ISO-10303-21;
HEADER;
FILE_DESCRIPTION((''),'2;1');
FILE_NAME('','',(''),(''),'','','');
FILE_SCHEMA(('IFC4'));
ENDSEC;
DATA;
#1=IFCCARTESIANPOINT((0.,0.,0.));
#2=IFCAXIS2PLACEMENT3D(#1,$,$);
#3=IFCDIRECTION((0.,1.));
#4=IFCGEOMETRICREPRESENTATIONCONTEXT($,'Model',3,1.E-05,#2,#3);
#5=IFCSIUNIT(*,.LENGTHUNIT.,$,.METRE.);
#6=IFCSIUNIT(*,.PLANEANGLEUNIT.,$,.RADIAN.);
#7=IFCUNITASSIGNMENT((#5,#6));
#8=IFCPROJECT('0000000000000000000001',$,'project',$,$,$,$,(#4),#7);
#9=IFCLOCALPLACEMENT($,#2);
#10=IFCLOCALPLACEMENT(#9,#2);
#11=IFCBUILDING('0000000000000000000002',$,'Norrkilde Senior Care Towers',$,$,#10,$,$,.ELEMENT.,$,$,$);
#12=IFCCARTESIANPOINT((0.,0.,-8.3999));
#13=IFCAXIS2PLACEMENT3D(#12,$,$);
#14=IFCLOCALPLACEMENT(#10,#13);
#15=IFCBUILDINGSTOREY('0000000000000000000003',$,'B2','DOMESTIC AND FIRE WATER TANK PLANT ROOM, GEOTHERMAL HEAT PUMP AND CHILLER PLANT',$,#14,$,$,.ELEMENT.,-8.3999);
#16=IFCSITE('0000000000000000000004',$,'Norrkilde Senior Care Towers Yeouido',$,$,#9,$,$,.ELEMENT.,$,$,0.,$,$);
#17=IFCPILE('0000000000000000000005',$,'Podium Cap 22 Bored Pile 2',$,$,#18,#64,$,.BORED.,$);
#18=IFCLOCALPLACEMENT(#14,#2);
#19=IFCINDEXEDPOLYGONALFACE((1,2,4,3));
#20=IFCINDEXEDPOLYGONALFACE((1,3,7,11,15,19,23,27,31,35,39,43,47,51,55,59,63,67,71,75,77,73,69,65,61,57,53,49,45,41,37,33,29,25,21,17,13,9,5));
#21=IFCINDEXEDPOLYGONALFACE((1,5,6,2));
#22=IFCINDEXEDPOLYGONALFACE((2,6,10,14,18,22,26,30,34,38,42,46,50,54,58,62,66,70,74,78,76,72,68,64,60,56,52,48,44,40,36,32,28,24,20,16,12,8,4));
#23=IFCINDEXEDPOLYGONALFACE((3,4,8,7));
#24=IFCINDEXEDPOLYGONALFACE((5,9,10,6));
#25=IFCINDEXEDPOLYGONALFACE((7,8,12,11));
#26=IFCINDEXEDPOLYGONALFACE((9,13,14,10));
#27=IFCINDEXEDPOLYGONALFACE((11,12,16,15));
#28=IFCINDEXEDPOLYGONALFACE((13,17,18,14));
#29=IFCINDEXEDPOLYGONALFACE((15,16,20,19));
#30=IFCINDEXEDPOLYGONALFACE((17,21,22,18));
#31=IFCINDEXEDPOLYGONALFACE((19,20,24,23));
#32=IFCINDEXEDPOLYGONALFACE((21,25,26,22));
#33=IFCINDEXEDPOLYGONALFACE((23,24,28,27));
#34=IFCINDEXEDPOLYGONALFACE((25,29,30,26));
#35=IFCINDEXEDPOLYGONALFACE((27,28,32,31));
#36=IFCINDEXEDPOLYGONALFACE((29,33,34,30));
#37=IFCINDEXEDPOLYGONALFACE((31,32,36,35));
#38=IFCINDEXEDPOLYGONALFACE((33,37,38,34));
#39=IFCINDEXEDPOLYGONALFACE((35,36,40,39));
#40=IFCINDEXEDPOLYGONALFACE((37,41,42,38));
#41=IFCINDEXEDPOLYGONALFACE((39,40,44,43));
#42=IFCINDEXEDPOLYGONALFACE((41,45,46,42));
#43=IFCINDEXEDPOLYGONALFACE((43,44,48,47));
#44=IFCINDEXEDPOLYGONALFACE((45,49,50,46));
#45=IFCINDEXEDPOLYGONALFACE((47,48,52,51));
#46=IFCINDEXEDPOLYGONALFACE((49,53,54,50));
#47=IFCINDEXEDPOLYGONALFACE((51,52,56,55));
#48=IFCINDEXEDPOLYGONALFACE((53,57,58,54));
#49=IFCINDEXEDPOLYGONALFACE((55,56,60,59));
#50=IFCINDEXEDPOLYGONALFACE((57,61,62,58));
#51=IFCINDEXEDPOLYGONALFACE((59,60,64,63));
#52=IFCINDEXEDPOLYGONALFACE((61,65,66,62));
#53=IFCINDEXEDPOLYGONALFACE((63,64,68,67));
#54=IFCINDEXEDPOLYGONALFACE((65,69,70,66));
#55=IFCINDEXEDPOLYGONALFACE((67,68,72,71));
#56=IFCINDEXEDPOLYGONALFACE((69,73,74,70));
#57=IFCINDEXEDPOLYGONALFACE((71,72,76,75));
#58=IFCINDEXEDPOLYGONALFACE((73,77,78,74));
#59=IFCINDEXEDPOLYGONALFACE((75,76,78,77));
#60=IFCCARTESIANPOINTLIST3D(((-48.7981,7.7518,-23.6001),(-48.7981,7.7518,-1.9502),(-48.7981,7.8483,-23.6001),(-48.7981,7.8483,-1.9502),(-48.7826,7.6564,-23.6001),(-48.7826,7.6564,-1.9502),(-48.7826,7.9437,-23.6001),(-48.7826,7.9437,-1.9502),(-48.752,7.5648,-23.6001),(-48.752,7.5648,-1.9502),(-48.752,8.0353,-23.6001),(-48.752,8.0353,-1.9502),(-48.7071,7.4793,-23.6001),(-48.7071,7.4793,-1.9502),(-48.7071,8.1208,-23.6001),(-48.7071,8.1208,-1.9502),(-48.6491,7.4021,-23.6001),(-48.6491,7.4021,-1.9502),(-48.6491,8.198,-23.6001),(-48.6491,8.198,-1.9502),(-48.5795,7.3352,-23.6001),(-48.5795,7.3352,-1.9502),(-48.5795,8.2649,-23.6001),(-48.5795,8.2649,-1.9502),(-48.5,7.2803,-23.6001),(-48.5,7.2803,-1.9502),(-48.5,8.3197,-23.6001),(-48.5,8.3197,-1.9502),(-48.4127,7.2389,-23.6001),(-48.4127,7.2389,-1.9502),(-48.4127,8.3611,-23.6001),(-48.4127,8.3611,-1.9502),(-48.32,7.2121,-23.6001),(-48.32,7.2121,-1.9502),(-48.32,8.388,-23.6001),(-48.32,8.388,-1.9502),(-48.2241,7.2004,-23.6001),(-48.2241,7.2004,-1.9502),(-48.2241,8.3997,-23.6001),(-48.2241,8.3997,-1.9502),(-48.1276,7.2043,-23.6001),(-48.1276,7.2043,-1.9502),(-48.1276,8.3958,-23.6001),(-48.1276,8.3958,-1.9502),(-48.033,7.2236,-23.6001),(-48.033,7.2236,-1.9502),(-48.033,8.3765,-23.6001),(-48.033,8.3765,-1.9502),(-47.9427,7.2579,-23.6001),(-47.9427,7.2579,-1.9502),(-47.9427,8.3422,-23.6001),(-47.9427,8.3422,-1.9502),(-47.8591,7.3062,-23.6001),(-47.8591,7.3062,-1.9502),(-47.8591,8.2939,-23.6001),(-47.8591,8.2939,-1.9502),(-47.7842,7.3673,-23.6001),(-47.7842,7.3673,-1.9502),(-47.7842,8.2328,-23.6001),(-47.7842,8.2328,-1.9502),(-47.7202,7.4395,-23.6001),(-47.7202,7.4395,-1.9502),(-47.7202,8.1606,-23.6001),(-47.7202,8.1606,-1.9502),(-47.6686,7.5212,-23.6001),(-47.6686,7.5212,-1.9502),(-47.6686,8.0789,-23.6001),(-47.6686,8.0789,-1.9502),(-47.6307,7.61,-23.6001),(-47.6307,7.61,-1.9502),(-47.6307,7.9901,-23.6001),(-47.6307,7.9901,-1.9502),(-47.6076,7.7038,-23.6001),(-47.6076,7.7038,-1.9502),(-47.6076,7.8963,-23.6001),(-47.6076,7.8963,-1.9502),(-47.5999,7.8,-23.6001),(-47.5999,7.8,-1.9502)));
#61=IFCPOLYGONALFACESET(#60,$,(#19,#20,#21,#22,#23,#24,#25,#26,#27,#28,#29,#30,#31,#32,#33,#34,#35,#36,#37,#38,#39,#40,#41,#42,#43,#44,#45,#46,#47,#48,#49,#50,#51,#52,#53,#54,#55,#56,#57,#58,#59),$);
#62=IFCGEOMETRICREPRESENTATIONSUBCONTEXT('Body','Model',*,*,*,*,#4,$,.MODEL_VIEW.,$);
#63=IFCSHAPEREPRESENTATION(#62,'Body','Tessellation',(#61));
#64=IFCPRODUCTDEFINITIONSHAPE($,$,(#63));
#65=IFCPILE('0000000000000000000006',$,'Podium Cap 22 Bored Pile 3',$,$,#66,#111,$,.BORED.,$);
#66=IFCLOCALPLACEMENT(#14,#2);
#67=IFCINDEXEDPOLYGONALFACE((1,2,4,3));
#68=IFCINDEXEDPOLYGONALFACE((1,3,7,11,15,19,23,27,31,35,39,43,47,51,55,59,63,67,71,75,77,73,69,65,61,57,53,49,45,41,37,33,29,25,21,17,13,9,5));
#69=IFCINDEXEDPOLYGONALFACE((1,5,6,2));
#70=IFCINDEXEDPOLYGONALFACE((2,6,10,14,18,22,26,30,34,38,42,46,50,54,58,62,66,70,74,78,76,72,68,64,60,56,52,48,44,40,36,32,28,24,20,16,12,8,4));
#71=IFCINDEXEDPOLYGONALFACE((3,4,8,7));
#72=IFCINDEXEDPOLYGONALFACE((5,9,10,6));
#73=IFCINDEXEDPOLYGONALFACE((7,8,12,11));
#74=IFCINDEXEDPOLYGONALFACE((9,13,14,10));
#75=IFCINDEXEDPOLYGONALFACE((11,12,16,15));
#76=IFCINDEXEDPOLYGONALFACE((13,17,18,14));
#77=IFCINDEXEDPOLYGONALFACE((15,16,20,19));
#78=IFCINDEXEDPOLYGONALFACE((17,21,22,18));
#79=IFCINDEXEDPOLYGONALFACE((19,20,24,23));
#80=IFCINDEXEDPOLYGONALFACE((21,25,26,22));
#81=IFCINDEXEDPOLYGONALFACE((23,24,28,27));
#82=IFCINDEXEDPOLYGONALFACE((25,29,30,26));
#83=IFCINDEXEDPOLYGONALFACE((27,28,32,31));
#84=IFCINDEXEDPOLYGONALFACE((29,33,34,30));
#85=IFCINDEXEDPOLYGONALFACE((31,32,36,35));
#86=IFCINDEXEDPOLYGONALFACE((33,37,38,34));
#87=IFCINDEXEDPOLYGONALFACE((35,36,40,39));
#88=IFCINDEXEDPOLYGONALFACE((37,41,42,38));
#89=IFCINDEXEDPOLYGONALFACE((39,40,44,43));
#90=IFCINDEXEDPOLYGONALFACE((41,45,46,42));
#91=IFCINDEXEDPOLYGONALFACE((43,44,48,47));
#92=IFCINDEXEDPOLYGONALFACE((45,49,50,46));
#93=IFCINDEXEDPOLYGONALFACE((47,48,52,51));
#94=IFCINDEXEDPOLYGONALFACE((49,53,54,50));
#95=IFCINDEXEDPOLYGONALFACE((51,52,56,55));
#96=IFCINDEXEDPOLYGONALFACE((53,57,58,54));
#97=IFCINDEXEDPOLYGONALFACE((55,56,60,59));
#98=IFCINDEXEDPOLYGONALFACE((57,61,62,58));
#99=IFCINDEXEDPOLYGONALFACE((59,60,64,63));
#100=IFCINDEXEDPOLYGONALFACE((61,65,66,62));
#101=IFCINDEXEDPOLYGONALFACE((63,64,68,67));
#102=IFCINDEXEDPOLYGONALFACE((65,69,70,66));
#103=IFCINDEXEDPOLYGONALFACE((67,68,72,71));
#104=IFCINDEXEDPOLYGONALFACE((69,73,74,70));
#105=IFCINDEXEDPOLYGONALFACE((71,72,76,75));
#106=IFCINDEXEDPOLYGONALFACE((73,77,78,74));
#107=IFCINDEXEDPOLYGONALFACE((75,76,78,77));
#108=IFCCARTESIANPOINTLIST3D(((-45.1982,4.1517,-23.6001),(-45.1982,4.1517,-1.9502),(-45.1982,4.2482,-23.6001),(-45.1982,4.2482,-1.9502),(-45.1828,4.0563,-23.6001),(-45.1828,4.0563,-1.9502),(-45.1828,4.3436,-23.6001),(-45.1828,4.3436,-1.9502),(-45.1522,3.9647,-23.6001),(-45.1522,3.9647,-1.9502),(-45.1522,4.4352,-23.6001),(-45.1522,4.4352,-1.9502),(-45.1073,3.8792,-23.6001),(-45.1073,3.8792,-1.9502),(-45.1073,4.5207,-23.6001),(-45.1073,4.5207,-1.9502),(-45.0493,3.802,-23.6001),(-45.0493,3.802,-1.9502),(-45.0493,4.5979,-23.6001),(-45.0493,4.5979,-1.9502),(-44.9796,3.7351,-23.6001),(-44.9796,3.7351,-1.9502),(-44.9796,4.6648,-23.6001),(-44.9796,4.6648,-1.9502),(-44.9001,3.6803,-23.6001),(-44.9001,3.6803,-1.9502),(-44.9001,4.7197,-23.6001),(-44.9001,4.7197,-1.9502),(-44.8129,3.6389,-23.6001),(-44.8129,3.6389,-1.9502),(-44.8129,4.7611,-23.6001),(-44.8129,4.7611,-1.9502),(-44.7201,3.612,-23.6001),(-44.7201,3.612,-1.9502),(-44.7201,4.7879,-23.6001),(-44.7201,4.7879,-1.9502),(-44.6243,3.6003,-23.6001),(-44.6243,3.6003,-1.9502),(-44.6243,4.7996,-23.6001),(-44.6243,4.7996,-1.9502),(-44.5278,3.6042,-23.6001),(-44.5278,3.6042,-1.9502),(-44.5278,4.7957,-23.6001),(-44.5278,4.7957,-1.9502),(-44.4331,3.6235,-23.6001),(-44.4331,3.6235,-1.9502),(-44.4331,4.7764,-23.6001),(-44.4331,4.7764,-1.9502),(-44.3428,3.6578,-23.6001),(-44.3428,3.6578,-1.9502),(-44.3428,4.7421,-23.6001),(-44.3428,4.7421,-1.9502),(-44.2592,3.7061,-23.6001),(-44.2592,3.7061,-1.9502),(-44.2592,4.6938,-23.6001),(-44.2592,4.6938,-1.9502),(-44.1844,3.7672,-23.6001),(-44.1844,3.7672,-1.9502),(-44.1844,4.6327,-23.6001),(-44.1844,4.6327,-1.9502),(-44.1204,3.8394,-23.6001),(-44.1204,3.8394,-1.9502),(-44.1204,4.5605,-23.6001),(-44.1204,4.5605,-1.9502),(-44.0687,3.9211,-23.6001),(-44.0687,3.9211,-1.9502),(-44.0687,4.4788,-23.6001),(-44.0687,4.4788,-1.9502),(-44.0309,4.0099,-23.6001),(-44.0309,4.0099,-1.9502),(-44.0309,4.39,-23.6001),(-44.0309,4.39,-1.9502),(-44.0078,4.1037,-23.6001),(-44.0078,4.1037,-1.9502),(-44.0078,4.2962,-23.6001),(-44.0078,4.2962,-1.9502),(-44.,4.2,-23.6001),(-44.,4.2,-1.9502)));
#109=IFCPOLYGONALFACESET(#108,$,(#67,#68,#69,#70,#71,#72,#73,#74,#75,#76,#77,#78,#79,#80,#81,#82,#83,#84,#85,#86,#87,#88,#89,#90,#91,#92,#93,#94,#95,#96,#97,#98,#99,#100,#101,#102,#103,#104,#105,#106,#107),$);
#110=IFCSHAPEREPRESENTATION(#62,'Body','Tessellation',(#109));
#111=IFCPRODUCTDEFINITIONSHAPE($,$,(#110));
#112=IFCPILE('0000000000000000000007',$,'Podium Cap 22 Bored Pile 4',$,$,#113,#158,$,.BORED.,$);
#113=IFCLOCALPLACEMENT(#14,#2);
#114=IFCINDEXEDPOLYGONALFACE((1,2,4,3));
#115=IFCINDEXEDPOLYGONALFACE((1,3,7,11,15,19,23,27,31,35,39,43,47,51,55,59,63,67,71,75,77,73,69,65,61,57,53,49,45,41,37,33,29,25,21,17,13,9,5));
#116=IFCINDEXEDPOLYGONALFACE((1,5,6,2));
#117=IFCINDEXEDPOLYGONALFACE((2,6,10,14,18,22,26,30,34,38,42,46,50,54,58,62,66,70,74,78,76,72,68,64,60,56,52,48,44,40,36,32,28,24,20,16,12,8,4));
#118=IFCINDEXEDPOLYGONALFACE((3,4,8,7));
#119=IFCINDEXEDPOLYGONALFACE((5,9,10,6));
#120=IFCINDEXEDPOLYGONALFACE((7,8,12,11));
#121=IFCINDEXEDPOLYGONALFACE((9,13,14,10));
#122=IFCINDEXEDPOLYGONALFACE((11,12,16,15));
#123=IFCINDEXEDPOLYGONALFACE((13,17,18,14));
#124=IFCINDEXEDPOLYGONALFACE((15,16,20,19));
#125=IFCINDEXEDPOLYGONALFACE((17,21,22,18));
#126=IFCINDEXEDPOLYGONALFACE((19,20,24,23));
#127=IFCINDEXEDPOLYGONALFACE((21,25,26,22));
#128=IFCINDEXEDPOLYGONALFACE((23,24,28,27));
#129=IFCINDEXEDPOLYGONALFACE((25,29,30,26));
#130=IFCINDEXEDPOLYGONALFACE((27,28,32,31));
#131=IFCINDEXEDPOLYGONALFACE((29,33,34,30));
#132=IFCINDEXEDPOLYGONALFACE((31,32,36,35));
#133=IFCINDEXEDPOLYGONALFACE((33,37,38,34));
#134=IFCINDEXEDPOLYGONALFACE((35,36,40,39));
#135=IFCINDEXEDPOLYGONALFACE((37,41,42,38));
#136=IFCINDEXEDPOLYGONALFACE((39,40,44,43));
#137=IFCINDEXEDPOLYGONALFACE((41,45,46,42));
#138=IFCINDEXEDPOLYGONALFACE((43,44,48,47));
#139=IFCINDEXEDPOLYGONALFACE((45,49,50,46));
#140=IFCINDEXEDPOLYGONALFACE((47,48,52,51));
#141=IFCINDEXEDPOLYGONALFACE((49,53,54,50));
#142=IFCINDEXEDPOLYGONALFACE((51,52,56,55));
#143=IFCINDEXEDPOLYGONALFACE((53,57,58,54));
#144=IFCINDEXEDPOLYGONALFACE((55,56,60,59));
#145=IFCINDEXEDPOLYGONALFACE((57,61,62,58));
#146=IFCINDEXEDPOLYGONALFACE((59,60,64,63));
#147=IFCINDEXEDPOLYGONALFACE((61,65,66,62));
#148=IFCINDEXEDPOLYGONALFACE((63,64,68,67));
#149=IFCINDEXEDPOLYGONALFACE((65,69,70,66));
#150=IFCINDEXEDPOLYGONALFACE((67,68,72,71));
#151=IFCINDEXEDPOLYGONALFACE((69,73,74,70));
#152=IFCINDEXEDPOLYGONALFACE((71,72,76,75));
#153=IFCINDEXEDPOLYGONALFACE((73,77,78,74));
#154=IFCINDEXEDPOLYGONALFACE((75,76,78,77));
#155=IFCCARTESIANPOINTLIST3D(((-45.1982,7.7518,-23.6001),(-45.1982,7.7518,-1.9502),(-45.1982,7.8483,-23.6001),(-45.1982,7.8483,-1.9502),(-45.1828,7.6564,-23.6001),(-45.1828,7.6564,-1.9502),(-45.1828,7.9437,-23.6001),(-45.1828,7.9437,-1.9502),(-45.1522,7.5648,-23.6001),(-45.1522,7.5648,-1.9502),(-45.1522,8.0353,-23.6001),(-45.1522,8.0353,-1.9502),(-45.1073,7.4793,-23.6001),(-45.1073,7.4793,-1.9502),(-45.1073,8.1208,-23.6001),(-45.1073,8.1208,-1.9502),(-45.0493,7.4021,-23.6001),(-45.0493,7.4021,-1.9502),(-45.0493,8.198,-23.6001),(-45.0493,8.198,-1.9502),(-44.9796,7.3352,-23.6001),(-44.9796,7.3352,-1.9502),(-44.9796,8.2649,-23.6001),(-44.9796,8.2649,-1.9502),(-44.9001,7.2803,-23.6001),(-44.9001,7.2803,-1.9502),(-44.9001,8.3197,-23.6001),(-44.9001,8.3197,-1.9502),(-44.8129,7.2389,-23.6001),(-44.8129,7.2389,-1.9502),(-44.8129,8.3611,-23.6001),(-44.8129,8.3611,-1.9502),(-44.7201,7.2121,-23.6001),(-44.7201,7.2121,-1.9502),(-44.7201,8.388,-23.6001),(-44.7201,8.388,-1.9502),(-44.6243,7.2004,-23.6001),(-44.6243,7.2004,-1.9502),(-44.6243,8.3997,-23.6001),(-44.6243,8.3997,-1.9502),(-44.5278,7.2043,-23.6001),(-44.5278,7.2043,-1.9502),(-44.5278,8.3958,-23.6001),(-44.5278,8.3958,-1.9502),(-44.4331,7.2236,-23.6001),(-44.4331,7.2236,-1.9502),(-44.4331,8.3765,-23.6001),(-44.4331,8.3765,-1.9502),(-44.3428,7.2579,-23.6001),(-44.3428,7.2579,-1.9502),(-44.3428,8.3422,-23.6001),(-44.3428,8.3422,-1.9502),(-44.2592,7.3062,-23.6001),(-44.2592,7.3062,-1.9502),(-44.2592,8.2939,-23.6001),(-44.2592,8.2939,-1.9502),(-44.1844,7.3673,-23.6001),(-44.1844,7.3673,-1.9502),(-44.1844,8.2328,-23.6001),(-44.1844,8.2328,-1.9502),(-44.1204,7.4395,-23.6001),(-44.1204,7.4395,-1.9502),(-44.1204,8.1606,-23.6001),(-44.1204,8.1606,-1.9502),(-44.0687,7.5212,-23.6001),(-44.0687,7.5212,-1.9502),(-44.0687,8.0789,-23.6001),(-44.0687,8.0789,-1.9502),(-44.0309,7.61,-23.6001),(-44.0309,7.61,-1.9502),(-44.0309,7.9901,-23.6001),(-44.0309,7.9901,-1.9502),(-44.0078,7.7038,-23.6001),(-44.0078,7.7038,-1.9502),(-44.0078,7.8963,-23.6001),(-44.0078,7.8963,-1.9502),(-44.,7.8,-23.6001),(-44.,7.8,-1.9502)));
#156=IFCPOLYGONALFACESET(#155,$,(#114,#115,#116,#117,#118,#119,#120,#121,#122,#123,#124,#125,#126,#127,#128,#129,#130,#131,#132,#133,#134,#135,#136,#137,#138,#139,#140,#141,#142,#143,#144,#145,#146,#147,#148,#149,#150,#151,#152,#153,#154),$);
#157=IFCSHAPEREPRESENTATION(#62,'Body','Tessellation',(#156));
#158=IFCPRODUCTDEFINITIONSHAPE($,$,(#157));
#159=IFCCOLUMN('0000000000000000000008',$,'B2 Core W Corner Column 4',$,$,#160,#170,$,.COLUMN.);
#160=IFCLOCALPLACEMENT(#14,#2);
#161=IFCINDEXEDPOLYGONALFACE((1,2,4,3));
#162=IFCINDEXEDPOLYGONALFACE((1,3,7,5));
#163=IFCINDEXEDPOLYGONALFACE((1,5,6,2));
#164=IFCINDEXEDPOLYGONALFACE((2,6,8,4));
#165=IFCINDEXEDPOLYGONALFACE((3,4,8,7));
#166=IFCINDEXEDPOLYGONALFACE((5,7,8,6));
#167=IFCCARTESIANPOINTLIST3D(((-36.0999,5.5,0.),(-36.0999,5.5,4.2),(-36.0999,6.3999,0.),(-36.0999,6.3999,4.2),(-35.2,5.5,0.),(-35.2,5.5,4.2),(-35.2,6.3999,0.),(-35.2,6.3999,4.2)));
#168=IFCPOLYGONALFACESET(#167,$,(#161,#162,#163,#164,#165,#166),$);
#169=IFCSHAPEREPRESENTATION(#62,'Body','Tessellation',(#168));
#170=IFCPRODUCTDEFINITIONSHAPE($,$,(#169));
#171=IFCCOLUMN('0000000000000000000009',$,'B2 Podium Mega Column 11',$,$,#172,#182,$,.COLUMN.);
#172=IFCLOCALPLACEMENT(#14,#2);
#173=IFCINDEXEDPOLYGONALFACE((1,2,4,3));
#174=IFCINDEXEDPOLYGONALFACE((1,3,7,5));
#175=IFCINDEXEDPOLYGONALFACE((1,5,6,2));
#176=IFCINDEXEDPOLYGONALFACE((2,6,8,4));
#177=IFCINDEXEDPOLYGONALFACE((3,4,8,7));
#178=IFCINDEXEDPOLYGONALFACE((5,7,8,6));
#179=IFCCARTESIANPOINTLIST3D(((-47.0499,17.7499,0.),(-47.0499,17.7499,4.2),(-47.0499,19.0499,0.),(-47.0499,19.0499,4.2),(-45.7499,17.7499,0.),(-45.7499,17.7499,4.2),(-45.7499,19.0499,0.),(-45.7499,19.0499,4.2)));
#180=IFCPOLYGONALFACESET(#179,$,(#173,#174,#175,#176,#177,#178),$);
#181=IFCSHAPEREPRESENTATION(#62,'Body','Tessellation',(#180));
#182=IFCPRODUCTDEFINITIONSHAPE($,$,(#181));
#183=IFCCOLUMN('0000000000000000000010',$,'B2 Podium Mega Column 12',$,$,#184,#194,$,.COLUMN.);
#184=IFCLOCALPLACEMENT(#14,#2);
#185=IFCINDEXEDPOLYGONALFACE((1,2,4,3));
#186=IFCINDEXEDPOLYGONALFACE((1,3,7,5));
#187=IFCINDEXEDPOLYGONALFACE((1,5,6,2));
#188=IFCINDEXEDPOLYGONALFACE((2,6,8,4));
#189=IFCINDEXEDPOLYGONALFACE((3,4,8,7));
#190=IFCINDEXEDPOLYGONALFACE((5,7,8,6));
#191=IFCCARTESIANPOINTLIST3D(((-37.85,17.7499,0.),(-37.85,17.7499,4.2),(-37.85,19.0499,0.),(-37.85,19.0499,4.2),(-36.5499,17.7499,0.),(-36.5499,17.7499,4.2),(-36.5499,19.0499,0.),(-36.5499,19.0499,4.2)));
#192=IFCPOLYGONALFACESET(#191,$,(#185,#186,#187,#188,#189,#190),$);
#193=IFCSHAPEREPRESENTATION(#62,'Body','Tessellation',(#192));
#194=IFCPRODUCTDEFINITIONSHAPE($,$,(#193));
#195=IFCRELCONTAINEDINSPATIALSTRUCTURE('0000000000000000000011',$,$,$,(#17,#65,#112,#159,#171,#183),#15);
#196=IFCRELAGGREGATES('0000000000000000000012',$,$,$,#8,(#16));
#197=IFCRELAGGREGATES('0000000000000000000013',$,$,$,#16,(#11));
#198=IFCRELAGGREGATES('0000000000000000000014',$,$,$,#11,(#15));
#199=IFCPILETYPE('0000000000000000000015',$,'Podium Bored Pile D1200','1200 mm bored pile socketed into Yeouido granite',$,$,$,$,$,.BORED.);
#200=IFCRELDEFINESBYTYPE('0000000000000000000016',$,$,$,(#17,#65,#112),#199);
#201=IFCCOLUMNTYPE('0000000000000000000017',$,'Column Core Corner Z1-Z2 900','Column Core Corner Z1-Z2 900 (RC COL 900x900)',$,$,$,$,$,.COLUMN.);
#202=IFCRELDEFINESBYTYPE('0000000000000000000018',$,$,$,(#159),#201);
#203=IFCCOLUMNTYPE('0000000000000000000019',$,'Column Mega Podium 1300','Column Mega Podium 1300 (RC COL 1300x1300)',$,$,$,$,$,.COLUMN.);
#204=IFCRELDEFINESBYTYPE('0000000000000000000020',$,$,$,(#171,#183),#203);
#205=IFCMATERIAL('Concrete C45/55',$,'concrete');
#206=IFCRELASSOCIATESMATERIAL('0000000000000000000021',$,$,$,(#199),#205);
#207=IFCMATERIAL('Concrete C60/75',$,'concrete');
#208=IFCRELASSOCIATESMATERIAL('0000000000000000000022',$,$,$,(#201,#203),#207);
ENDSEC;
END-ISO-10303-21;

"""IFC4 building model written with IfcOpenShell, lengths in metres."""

from ifc_helpers import new_model, si_unit, direction, frame, origin, origin_2d, place, context, subcontext, project, spatial, rectangle, circle, extrude, source, transform, mapped, material, material_profile, profile_set, type_object, type_shapes, element, save


model = new_model("IFC4")

# Units and contexts
model_context = context("Model", 3, precision=1e-05, world=origin(), true_north=direction((0.0, 1.0)))
body_context = subcontext(model_context, "Body", "Model", "MODEL_VIEW")
ifc_project = project(units=[si_unit("LENGTHUNIT", "METRE"), si_unit("PLANEANGLEUNIT", "RADIAN")], contexts=[model_context])

# Site, building, storey
site_placement = place(None, origin())
site = spatial("IfcSite", under=ifc_project, at=site_placement, Name="Norrkilde Senior Care Towers Yeouido", CompositionType="ELEMENT", RefElevation=0.0)
building_placement = place(site_placement, origin())
building = spatial("IfcBuilding", under=site, at=building_placement, Name="Norrkilde Senior Care Towers", CompositionType="ELEMENT")
storey_placement = place(building_placement, frame((0.0, 0.0, -8.3999)))
storey = spatial("IfcBuildingStorey", under=building, at=storey_placement, Name="B2", Description="DOMESTIC AND FIRE WATER TANK PLANT ROOM, GEOTHERMAL HEAT PUMP AND CHILLER PLANT", CompositionType="ELEMENT", Elevation=-8.3999)

# Piles
ifc_material_1 = material(Name="Concrete C45/55", Category="concrete")
ifc_material_profile_1 = material_profile(ifc_material_1, circle(Radius=0.6001, at=origin_2d()), Name="BORED PILE 1200")
ifc_profile_set_1 = profile_set([ifc_material_profile_1], Name="Concrete C45/55")
pile_type_1 = type_object("IfcPileType", Name="Podium Bored Pile D1200", Description="1200 mm bored pile socketed into Yeouido granite", PredefinedType="BORED", material=ifc_profile_set_1)
shared_shape_1 = source(origin(), body_context, "Body", "SweptSolid", [
    extrude(circle(Radius=0.6001, at=origin_2d()), origin(), (0.0, 0.0, 1.0), 21.6499),
])
for number, where, z_axis, x_axis, name in (
    (1, (-48.2, 7.8, -1.9502), (0.0, 0.0, -1.0), (1.0, 0.0, 0.0), "Podium Cap 22 Bored Pile 2"),
    (2, (-44.6001, 4.2, -1.9502), (0.0, 0.0, -1.0), (1.0, 0.0, 0.0), "Podium Cap 22 Bored Pile 3"),
    (3, (-44.6001, 7.8, -1.9502), (0.0, 0.0, -1.0), (1.0, 0.0, 0.0), "Podium Cap 22 Bored Pile 4"),
):
    element("IfcPile", number, at=place(storey_placement, frame(where, z_axis=z_axis, x_axis=x_axis)), inside=storey, type_object=pile_type_1, Name=name, PredefinedType="BORED", context=body_context, shape_type="MappedRepresentation", body=[
        mapped(shared_shape_1, transform((0.0, 0.0, 0.0), x_axis=(1.0, 0.0, 0.0), y_axis=(0.0, 1.0, 0.0), z_axis=(0.0, 0.0, 1.0), scale=1.0)),
    ])

# Columns
ifc_material_2 = material(Name="Concrete C60/75", Category="concrete")
ifc_material_profile_2 = material_profile(ifc_material_2, rectangle(XDim=0.8999, YDim=0.8999, at=origin_2d()), Name="RC COL 900x900")
ifc_profile_set_2 = profile_set([ifc_material_profile_2], Name="Concrete C60/75")
column_type_1 = type_object("IfcColumnType", Name="Column Core Corner Z1-Z2 900", Description="Column Core Corner Z1-Z2 900 (RC COL 900x900)", PredefinedType="COLUMN", material=ifc_profile_set_2)
shared_shape_2 = source(origin(), body_context, "Body", "SweptSolid", [
    extrude(rectangle(XDim=0.8999, YDim=0.8999, at=origin_2d()), origin(), (0.0, 0.0, 1.0), 4.2),
])
type_shapes(column_type_1, [shared_shape_2])
column_placement = place(storey_placement, frame((-35.6499, 5.95, 0.0), z_axis=(0.0, 0.0, 1.0), x_axis=(1.0, 0.0, 0.0)))
element("IfcColumn", 4, at=column_placement, inside=storey, type_object=column_type_1, Name="B2 Core W Corner Column 4", PredefinedType="COLUMN", context=body_context, shape_type="MappedRepresentation", body=[
    mapped(shared_shape_2, transform((0.0, 0.0, 0.0), x_axis=(1.0, 0.0, 0.0), y_axis=(0.0, 1.0, 0.0), z_axis=(0.0, 0.0, 1.0), scale=1.0)),
])
ifc_material_profile_3 = material_profile(ifc_material_2, rectangle(XDim=1.3, YDim=1.3, at=origin_2d()), Name="RC COL 1300x1300")
ifc_profile_set_3 = profile_set([ifc_material_profile_3], Name="Concrete C60/75")
column_type_2 = type_object("IfcColumnType", Name="Column Mega Podium 1300", Description="Column Mega Podium 1300 (RC COL 1300x1300)", PredefinedType="COLUMN", material=ifc_profile_set_3)
shared_shape_3 = source(origin(), body_context, "Body", "SweptSolid", [
    extrude(rectangle(XDim=1.3, YDim=1.3, at=origin_2d()), origin(), (0.0, 0.0, 1.0), 4.2),
])
type_shapes(column_type_2, [shared_shape_3])
for number, where, z_axis, x_axis, name in (
    (5, (-46.3999, 18.3999, 0.0), (0.0, 0.0, 1.0), (1.0, 0.0, 0.0), "B2 Podium Mega Column 11"),
    (6, (-37.2, 18.3999, 0.0), (0.0, 0.0, 1.0), (1.0, 0.0, 0.0), "B2 Podium Mega Column 12"),
):
    element("IfcColumn", number, at=place(storey_placement, frame(where, z_axis=z_axis, x_axis=x_axis)), inside=storey, type_object=column_type_2, Name=name, PredefinedType="COLUMN", context=body_context, shape_type="MappedRepresentation", body=[
        mapped(shared_shape_3, transform((0.0, 0.0, 0.0), x_axis=(1.0, 0.0, 0.0), y_axis=(0.0, 1.0, 0.0), z_axis=(0.0, 0.0, 1.0), scale=1.0)),
    ])

save(model, "model.ifc")
